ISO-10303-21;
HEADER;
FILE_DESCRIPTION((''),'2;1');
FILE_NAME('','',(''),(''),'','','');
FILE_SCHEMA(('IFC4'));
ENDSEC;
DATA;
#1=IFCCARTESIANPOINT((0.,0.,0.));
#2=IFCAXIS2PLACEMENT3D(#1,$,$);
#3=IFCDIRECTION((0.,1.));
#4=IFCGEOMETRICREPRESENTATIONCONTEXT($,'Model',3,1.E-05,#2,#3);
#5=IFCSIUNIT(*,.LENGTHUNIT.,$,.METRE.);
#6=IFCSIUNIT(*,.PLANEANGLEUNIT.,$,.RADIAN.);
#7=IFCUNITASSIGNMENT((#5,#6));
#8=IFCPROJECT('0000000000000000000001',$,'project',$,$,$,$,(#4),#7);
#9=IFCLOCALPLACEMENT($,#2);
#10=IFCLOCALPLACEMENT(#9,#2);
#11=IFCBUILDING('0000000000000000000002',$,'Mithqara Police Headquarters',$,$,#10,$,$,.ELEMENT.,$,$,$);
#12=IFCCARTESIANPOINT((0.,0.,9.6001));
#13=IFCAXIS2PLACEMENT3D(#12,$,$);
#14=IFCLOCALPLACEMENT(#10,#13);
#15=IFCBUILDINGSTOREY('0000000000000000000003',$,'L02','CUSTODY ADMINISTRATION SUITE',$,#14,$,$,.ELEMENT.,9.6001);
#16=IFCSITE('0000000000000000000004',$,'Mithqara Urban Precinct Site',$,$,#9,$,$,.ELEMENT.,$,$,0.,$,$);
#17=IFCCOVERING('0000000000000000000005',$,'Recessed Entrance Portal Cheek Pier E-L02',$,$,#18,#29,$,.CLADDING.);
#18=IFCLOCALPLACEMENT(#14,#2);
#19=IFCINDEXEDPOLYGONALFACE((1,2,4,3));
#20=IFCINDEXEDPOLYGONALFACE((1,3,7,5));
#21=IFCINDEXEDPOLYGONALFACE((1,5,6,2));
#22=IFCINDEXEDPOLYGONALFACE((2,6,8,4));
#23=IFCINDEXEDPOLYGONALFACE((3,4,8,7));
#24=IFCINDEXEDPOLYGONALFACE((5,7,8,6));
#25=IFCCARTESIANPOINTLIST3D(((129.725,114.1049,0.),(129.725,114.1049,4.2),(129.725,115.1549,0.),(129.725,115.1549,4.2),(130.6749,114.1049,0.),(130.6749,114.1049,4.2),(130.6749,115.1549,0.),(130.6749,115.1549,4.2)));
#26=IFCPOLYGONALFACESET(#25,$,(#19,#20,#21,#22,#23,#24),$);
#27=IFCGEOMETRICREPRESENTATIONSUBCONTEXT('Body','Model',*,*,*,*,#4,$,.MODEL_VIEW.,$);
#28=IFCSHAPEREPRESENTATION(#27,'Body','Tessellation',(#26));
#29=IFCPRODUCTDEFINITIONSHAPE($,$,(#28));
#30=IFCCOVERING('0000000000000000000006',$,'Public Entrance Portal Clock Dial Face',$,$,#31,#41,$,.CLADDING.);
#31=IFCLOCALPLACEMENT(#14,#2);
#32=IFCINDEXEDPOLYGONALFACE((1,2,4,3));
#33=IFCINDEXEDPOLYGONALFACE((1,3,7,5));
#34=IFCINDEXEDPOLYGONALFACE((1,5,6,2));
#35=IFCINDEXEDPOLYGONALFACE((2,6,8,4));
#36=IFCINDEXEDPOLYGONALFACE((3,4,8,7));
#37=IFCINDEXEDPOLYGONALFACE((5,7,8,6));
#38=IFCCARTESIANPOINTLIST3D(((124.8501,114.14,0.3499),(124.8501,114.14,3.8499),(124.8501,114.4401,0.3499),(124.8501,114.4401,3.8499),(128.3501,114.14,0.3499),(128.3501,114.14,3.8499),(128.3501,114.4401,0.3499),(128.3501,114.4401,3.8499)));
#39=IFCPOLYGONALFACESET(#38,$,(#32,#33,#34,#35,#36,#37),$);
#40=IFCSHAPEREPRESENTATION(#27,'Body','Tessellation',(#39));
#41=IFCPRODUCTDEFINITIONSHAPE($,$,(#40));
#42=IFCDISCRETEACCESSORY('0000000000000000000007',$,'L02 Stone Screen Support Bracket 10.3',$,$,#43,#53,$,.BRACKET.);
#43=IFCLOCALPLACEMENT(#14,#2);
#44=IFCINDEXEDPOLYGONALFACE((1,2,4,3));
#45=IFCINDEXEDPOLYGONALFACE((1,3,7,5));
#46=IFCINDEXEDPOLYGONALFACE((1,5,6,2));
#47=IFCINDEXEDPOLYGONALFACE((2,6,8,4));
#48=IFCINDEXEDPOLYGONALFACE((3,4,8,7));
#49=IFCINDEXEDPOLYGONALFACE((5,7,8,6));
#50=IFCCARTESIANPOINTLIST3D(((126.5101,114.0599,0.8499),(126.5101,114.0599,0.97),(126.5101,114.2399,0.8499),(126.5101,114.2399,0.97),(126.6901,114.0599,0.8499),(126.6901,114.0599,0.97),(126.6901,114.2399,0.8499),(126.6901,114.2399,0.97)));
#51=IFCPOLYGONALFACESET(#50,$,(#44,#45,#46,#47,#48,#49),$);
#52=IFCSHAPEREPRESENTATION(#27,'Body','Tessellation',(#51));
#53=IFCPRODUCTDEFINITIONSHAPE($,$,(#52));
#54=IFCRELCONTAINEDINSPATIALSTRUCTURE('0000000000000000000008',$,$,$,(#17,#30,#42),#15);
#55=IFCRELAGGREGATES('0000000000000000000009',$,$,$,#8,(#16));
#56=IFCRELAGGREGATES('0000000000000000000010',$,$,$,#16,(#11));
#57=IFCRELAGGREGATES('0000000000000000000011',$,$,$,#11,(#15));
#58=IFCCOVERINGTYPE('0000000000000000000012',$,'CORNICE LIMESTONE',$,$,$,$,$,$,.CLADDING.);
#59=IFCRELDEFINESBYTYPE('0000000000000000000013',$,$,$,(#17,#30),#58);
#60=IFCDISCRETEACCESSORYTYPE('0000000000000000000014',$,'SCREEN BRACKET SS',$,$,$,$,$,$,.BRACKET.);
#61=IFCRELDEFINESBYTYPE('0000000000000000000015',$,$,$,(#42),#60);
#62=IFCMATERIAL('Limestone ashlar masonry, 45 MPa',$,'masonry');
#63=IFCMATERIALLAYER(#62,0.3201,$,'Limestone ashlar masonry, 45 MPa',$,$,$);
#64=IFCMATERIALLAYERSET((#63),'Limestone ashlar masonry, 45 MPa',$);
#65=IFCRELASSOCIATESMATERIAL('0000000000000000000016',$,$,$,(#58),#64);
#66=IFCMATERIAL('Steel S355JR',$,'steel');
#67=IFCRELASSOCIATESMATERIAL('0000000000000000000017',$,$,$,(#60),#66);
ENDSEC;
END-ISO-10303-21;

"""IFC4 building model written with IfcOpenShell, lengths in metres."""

from ifc_helpers import new_model, si_unit, direction, frame, origin, origin_2d, place, context, subcontext, project, spatial, rectangle, extrude, material, layer, layer_set, type_object, element, save


model = new_model("IFC4")

# Units and contexts
model_context = context("Model", 3, precision=1e-05, world=origin(), true_north=direction((0.0, 1.0)))
body_context = subcontext(model_context, "Body", "Model", "MODEL_VIEW")
ifc_project = project(units=[si_unit("LENGTHUNIT", "METRE"), si_unit("PLANEANGLEUNIT", "RADIAN")], contexts=[model_context])

# Site, building, storey
site_placement = place(None, origin())
site = spatial("IfcSite", under=ifc_project, at=site_placement, Name="Mithqara Urban Precinct Site", CompositionType="ELEMENT", RefElevation=0.0)
building_placement = place(site_placement, origin())
building = spatial("IfcBuilding", under=site, at=building_placement, Name="Mithqara Police Headquarters", CompositionType="ELEMENT")
storey_placement = place(building_placement, frame((0.0, 0.0, 9.6001)))
storey = spatial("IfcBuildingStorey", under=building, at=storey_placement, Name="L02", Description="CUSTODY ADMINISTRATION SUITE", CompositionType="ELEMENT", Elevation=9.6001)

# Shared definitions
ifc_material_1 = material(Name="Limestone ashlar masonry, 45 MPa", Category="masonry")

# Coverings
ifc_layer_1 = layer(ifc_material_1, 0.3201, Name="Limestone ashlar masonry, 45 MPa")
ifc_layer_set_1 = layer_set([ifc_layer_1], Name="Limestone ashlar masonry, 45 MPa")
covering_type = type_object("IfcCoveringType", Name="CORNICE LIMESTONE", PredefinedType="CLADDING", material=ifc_layer_set_1)
covering_1_placement = place(storey_placement, frame((130.2, 114.6299, 0.0), z_axis=(0.0, 0.0, 1.0), x_axis=(1.0, 0.0, 0.0)))
element("IfcCovering", 1, at=covering_1_placement, inside=storey, type_object=covering_type, Name="Recessed Entrance Portal Cheek Pier E-L02", PredefinedType="CLADDING", context=body_context, shape_type="SweptSolid", body=[
    extrude(rectangle(XDim=0.95, YDim=1.05, at=origin_2d()), origin(), (0.0, 0.0, 1.0), 4.2),
])
covering_2_placement = place(storey_placement, frame((126.6001, 114.29, 0.3499), z_axis=(0.0, 0.0, 1.0), x_axis=(1.0, 0.0, 0.0)))
element("IfcCovering", 2, at=covering_2_placement, inside=storey, type_object=covering_type, Name="Public Entrance Portal Clock Dial Face", PredefinedType="CLADDING", context=body_context, shape_type="SweptSolid", body=[
    extrude(rectangle(XDim=3.5, YDim=0.3, at=origin_2d()), origin(), (0.0, 0.0, 1.0), 3.5),
])

# Discrete accessory
ifc_material_2 = material(Name="Steel S355JR", Category="steel")
discrete_accessory_type = type_object("IfcDiscreteAccessoryType", Name="SCREEN BRACKET SS", PredefinedType="BRACKET", material=ifc_material_2)
discrete_accessory_placement = place(storey_placement, frame((126.6001, 114.1499, 0.8499), z_axis=(0.0, 0.0, 1.0), x_axis=(1.0, 0.0, 0.0)))
element("IfcDiscreteAccessory", 3, at=discrete_accessory_placement, inside=storey, type_object=discrete_accessory_type, Name="L02 Stone Screen Support Bracket 10.3", PredefinedType="BRACKET", context=body_context, shape_type="SweptSolid", body=[
    extrude(rectangle(XDim=0.1799, YDim=0.1799, at=origin_2d()), origin(), (0.0, 0.0, 1.0), 0.1201),
])

save(model, "model.ifc")
